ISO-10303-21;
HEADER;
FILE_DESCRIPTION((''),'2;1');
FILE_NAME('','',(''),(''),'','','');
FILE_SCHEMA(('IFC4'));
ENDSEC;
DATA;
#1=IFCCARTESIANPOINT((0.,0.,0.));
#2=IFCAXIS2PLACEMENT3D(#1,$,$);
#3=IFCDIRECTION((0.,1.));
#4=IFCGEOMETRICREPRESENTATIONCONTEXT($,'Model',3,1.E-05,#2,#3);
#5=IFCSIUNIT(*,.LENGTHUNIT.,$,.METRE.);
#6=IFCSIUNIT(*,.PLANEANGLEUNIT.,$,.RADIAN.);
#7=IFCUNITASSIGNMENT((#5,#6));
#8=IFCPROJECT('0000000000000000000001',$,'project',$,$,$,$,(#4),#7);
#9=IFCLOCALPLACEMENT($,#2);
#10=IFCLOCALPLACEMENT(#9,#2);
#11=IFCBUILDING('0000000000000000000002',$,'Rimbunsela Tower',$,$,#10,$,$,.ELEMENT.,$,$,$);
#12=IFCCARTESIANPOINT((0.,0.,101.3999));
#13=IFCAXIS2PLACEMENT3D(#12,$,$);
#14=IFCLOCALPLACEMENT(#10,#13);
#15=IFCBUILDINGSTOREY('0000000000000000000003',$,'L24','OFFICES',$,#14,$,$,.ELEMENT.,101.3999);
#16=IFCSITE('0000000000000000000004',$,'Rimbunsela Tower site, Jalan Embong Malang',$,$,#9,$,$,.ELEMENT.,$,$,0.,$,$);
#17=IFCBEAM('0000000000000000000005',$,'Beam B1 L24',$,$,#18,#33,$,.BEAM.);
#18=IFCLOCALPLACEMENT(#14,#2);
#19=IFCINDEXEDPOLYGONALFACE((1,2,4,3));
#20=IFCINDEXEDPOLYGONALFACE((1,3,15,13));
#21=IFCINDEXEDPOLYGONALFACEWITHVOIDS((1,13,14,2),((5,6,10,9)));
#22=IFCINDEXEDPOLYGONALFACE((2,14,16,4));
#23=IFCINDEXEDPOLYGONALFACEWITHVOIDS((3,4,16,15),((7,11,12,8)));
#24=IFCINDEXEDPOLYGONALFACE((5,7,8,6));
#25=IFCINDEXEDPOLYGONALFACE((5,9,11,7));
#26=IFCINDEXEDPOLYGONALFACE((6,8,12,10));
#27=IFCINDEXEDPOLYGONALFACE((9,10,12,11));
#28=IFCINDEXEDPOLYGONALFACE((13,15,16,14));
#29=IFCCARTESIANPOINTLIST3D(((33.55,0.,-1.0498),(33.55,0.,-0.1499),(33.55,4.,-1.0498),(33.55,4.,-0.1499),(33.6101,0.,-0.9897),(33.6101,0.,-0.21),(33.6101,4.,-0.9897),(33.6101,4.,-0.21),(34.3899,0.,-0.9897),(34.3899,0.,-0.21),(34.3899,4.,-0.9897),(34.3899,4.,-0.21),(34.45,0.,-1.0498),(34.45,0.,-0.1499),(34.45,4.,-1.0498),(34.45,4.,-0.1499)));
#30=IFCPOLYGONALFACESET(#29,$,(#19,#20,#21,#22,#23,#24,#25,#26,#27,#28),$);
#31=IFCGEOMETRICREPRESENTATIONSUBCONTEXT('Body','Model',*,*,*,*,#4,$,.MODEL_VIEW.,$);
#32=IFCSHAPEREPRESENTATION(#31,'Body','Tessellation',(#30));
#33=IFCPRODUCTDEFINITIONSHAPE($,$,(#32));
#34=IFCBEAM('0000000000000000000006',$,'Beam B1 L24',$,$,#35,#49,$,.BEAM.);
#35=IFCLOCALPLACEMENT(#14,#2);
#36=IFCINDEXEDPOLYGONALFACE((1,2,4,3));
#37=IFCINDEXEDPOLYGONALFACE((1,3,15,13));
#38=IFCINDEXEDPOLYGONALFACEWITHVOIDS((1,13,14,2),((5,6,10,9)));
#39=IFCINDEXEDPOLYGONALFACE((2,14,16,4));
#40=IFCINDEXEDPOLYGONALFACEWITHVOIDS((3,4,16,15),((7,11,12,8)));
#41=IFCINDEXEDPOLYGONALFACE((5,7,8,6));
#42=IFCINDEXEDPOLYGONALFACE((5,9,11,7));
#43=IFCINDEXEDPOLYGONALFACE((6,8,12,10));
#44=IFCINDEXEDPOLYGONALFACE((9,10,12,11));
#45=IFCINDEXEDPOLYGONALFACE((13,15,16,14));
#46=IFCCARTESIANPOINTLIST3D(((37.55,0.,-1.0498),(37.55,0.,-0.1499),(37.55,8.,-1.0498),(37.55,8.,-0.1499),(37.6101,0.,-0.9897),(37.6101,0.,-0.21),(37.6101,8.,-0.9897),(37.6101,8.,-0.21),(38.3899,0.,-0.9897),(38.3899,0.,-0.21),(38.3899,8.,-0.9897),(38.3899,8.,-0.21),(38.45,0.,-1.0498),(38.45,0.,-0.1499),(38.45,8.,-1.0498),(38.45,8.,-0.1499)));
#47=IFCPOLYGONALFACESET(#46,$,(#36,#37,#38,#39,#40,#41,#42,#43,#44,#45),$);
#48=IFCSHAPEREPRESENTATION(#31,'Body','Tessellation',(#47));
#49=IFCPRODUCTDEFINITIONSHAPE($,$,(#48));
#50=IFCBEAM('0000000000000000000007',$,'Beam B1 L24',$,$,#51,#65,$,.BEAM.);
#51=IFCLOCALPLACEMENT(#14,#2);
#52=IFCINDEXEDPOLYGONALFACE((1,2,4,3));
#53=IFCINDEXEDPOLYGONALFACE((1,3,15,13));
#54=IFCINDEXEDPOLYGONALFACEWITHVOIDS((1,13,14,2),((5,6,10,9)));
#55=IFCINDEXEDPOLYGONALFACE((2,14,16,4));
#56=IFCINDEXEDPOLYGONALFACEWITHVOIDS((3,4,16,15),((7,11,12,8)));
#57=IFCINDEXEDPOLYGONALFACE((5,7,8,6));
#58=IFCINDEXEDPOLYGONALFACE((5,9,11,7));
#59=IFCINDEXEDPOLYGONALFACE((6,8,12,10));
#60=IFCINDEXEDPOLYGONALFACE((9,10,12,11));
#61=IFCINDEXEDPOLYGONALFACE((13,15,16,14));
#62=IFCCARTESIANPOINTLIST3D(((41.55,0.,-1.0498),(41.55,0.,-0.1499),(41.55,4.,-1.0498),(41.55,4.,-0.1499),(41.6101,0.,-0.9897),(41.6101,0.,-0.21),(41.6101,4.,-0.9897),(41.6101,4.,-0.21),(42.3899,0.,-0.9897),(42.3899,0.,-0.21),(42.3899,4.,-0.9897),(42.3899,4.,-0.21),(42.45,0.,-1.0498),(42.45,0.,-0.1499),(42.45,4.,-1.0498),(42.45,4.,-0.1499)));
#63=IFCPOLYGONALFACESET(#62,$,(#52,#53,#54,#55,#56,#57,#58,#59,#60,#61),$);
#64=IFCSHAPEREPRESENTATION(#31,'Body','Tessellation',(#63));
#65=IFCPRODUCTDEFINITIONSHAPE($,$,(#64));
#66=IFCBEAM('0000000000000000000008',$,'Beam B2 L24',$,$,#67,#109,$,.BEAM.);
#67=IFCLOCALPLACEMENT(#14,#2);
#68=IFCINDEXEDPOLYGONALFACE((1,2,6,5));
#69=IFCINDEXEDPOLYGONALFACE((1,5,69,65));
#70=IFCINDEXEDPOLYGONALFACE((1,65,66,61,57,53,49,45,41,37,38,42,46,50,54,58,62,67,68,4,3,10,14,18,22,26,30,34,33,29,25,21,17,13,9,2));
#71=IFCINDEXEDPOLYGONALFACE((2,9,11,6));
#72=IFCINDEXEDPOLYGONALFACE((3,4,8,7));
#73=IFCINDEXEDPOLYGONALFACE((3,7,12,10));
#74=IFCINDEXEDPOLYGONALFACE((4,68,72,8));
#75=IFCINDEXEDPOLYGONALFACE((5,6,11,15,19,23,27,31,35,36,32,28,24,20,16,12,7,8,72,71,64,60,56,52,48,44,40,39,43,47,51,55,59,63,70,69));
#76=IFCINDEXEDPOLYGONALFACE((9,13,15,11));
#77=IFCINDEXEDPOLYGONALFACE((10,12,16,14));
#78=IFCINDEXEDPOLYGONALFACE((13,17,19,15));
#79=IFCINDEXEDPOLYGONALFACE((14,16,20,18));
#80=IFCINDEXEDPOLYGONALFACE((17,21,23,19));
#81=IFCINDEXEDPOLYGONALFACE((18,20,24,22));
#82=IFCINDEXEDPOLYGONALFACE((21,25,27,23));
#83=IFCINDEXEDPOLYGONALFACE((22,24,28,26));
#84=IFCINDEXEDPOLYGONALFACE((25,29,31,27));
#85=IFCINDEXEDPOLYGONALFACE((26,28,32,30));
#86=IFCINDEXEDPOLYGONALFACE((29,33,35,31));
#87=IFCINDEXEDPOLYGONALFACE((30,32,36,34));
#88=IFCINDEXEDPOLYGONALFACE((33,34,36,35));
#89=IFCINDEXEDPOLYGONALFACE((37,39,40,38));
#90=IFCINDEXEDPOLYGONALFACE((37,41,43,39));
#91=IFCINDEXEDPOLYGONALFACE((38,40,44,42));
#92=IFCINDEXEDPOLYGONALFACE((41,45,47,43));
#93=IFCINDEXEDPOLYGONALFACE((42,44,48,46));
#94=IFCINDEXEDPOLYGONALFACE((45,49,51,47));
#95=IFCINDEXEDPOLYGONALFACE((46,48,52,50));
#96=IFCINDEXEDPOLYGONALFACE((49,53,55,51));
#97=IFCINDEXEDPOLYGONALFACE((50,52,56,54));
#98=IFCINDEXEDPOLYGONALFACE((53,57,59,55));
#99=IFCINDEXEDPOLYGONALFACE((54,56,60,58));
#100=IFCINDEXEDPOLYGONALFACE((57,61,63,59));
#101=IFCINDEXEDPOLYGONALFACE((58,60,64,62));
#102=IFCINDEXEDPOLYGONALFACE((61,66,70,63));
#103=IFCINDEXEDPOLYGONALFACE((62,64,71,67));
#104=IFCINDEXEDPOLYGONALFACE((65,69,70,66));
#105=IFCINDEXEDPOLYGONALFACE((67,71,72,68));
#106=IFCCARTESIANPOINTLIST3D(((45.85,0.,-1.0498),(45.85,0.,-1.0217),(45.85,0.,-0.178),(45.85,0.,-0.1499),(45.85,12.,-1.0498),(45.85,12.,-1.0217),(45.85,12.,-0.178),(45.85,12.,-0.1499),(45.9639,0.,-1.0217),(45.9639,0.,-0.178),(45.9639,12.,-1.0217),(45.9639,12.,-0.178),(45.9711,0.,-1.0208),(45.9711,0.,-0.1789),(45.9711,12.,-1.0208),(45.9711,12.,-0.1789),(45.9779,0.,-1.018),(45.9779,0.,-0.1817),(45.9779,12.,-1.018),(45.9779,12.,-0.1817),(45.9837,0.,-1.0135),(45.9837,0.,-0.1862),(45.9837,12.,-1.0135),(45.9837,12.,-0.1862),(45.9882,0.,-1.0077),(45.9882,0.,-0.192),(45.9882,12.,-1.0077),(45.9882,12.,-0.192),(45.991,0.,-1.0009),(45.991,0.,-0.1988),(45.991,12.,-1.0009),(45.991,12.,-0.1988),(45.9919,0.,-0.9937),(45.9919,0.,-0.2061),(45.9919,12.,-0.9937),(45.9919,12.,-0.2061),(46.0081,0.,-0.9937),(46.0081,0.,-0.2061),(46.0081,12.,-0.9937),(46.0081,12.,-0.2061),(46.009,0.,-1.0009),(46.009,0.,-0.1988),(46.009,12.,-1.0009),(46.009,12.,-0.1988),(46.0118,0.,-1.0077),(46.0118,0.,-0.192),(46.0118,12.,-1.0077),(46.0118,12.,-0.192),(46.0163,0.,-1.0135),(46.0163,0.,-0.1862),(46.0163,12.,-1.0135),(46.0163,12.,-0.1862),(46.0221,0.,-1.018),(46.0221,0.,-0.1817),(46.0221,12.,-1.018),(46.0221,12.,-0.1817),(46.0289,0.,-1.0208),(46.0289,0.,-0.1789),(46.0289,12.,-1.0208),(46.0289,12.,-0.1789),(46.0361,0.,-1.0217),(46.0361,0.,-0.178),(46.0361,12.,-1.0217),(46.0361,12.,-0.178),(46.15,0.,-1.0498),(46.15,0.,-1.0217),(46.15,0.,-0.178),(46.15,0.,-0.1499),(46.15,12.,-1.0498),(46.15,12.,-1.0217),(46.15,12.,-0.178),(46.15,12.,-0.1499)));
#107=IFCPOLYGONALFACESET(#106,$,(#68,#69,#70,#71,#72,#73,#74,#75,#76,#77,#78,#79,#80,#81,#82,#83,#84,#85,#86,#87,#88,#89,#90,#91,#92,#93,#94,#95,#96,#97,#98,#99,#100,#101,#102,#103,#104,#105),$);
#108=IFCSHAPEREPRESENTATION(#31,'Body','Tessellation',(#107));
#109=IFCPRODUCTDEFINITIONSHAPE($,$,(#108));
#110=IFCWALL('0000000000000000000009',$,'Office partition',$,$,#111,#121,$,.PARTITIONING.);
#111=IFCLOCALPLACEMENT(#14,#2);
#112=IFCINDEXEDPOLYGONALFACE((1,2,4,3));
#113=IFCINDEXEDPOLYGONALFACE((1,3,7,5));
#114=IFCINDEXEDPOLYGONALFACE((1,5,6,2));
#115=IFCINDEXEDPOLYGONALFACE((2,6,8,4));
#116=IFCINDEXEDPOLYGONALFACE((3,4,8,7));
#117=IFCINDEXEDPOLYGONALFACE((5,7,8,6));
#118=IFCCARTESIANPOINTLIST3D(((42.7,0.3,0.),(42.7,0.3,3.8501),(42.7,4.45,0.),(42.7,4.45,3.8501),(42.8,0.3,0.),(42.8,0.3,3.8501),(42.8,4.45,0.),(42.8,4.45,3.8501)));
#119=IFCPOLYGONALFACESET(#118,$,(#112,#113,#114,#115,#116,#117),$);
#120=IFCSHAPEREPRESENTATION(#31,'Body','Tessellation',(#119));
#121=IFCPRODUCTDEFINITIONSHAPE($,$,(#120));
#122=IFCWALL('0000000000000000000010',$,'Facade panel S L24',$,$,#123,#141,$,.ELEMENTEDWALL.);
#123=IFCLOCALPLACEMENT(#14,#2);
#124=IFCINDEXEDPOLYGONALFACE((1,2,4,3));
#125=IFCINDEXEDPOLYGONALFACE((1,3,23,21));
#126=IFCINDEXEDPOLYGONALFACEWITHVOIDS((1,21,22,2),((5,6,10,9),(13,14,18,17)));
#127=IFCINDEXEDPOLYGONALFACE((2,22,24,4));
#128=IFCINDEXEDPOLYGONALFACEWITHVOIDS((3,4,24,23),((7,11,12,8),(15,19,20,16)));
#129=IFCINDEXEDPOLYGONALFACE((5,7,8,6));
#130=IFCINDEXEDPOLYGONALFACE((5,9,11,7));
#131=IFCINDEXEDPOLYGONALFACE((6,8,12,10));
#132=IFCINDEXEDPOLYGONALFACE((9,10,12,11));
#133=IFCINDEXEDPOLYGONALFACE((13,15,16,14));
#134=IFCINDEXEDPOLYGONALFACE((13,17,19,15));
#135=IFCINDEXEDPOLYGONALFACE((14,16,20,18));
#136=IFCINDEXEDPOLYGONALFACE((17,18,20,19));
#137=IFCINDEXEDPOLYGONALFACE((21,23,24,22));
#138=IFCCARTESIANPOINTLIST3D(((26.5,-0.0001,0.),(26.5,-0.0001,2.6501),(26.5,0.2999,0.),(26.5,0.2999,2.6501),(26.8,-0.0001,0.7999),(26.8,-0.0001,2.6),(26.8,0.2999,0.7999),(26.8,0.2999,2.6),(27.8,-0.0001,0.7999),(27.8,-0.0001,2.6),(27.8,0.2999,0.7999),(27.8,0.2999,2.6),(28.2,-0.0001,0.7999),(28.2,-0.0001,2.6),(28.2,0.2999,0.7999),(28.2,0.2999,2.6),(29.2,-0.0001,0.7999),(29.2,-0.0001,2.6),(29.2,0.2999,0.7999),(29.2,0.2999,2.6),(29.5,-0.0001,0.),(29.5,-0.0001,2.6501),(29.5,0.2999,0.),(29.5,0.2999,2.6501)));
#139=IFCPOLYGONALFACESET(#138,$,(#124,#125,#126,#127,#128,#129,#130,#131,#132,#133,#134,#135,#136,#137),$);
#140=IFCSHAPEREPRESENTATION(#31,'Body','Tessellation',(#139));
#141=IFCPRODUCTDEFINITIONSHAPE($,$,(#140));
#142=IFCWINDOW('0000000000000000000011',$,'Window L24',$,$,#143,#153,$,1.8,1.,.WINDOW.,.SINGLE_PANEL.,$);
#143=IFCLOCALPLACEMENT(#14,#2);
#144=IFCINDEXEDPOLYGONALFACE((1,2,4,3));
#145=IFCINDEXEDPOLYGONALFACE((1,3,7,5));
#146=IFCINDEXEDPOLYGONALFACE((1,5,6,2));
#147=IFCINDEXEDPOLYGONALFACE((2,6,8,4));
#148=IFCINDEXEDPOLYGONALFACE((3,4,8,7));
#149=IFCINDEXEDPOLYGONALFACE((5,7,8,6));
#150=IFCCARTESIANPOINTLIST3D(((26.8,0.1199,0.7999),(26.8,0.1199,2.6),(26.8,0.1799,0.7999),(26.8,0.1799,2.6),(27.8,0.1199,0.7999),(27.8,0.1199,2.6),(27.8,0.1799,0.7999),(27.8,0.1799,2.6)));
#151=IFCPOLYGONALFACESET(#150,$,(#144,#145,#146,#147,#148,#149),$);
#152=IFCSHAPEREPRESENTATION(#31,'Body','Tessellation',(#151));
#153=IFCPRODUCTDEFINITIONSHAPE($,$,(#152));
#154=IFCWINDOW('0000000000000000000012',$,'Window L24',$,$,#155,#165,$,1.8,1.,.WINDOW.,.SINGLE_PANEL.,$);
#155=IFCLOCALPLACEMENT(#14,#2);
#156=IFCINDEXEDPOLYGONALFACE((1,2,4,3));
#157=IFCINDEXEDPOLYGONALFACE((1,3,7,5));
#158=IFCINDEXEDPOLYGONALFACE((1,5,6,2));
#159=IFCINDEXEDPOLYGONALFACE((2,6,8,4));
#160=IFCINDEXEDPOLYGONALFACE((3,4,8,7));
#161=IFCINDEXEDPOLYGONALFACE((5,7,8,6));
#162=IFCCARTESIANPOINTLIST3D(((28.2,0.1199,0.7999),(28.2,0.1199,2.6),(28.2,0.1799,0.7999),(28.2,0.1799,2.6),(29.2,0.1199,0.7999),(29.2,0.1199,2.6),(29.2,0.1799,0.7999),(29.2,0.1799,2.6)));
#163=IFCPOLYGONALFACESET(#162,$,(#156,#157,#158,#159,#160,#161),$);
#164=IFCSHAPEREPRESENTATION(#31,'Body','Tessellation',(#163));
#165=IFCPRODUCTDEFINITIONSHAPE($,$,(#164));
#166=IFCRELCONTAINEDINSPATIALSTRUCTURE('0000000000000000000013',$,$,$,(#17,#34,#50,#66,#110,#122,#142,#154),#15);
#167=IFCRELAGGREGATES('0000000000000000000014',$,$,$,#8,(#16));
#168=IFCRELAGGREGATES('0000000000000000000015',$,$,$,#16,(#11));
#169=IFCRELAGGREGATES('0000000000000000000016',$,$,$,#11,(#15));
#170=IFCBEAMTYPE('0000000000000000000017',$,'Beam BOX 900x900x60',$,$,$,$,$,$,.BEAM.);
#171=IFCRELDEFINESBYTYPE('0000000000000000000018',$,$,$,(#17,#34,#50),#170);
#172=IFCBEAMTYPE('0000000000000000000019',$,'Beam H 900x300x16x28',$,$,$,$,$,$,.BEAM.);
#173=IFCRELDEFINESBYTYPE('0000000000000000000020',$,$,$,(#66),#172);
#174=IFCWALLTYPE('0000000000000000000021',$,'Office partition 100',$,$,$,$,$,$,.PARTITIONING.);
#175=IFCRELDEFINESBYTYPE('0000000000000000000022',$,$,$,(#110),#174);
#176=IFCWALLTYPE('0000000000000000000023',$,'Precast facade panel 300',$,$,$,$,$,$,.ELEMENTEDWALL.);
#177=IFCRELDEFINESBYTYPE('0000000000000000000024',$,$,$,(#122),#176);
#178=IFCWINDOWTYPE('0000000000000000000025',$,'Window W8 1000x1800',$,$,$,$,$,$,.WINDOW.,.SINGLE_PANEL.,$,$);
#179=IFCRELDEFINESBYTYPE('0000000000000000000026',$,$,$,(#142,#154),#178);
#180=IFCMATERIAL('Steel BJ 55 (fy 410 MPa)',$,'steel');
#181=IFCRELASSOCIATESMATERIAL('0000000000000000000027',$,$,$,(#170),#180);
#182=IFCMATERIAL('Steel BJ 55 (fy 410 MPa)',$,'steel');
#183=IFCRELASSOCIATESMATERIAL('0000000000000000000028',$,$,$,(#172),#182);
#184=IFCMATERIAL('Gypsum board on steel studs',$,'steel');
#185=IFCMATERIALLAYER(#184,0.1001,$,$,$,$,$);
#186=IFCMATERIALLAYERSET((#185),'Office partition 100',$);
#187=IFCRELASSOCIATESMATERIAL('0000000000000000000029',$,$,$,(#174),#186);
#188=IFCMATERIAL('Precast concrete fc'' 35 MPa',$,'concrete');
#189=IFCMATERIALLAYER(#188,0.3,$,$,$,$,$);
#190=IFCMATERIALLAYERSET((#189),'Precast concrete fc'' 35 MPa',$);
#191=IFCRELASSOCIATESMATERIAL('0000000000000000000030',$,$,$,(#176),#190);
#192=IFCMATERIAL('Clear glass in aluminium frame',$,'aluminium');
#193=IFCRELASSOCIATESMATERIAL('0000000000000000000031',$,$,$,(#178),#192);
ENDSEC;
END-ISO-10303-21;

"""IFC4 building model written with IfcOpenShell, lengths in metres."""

from ifc_helpers import new_model, si_unit, direction, frame, frame_2d, origin, origin_2d, place, context, subcontext, project, spatial, rectangle, hollow_rectangle, i_section, extrude, material, layer, layer_set, material_profile, profile_set, type_object, element, fill, save


model = new_model("IFC4")

# Units and contexts
model_context = context("Model", 3, precision=1e-05, world=origin(), true_north=direction((0.0, 1.0)))
body_context = subcontext(model_context, "Body", "Model", "MODEL_VIEW")
ifc_project = project(units=[si_unit("LENGTHUNIT", "METRE"), si_unit("PLANEANGLEUNIT", "RADIAN")], contexts=[model_context])

# Site, building, storey
site_placement = place(None, origin())
site = spatial("IfcSite", under=ifc_project, at=site_placement, Name="Rimbunsela Tower site, Jalan Embong Malang", CompositionType="ELEMENT", RefElevation=0.0)
building_placement = place(site_placement, origin())
building = spatial("IfcBuilding", under=site, at=building_placement, Name="Rimbunsela Tower", CompositionType="ELEMENT")
storey_placement = place(building_placement, frame((0.0, 0.0, 101.3999)))
storey = spatial("IfcBuildingStorey", under=building, at=storey_placement, Name="L24", Description="OFFICES", CompositionType="ELEMENT", Elevation=101.3999)

# Beams
ifc_material_1 = material(Name="Steel BJ 55 (fy 410 MPa)", Category="steel")
ifc_material_profile_1 = material_profile(ifc_material_1, hollow_rectangle(XDim=0.8999, YDim=0.8999, WallThickness=0.0601, at=origin_2d()), Name="BOX 900x900x60")
ifc_profile_set_1 = profile_set([ifc_material_profile_1], Name="Steel BJ 55 (fy 410 MPa)")
beam_type_1 = type_object("IfcBeamType", Name="Beam BOX 900x900x60", PredefinedType="BEAM", material=ifc_profile_set_1)
beam_1_placement = place(storey_placement, frame((34.0, 0.0, -0.5999), z_axis=(0.0, 1.0, 0.0), x_axis=(-1.0, 0.0, 0.0)))
element("IfcBeam", 1, at=beam_1_placement, inside=storey, type_object=beam_type_1, Name="Beam B1 L24", PredefinedType="BEAM", context=body_context, shape_type="SweptSolid", body=[
    extrude(hollow_rectangle(XDim=0.8999, YDim=0.8999, WallThickness=0.0601, at=origin_2d()), origin(), (0.0, 0.0, 1.0), 4.0),
])
beam_2_placement = place(storey_placement, frame((38.0, 0.0, -0.5999), z_axis=(0.0, 1.0, 0.0), x_axis=(-1.0, 0.0, 0.0)))
element("IfcBeam", 2, at=beam_2_placement, inside=storey, type_object=beam_type_1, Name="Beam B1 L24", PredefinedType="BEAM", context=body_context, shape_type="SweptSolid", body=[
    extrude(hollow_rectangle(XDim=0.8999, YDim=0.8999, WallThickness=0.0601, at=origin_2d()), origin(), (0.0, 0.0, 1.0), 8.0),
])
beam_3_placement = place(storey_placement, frame((42.0, 0.0, -0.5999), z_axis=(0.0, 1.0, 0.0), x_axis=(-1.0, 0.0, 0.0)))
element("IfcBeam", 3, at=beam_3_placement, inside=storey, type_object=beam_type_1, Name="Beam B1 L24", PredefinedType="BEAM", context=body_context, shape_type="SweptSolid", body=[
    extrude(hollow_rectangle(XDim=0.8999, YDim=0.8999, WallThickness=0.0601, at=origin_2d()), origin(), (0.0, 0.0, 1.0), 4.0),
])
ifc_material_2 = material(Name="Steel BJ 55 (fy 410 MPa)", Category="steel")
ifc_material_profile_2 = material_profile(ifc_material_2, i_section(OverallWidth=0.3, OverallDepth=0.8999, WebThickness=0.0161, FlangeThickness=0.0281, FilletRadius=0.0281, at=origin_2d()), Name="H 900x300x16x28")
ifc_profile_set_2 = profile_set([ifc_material_profile_2], Name="Steel BJ 55 (fy 410 MPa)")
beam_type_2 = type_object("IfcBeamType", Name="Beam H 900x300x16x28", PredefinedType="BEAM", material=ifc_profile_set_2)
beam_4_placement = place(storey_placement, frame((46.0, 0.0, -0.5999), z_axis=(0.0, 1.0, 0.0), x_axis=(-1.0, 0.0, 0.0)))
element("IfcBeam", 4, at=beam_4_placement, inside=storey, type_object=beam_type_2, Name="Beam B2 L24", PredefinedType="BEAM", context=body_context, shape_type="SweptSolid", body=[
    extrude(i_section(OverallWidth=0.3, OverallDepth=0.8999, WebThickness=0.0161, FlangeThickness=0.0281, FilletRadius=0.0281, at=origin_2d()), origin(), (0.0, 0.0, 1.0), 12.0),
])

# Wall
ifc_material_3 = material(Name="Gypsum board on steel studs", Category="steel")
ifc_layer_1 = layer(ifc_material_3, 0.1001)
ifc_layer_set_1 = layer_set([ifc_layer_1], Name="Office partition 100")
wall_type_1 = type_object("IfcWallType", Name="Office partition 100", PredefinedType="PARTITIONING", material=ifc_layer_set_1)
wall_1_placement = place(storey_placement, frame((42.75, 0.3, 0.0), z_axis=(0.0, 0.0, 1.0), x_axis=(0.0, 1.0, 0.0)))
element("IfcWall", 5, at=wall_1_placement, inside=storey, type_object=wall_type_1, Name="Office partition", PredefinedType="PARTITIONING", context=body_context, shape_type="SweptSolid", body=[
    extrude(rectangle(XDim=4.1499, YDim=0.1001, at=frame_2d((2.075, 0.0))), origin(), (0.0, 0.0, 1.0), 3.8501),
])

# Wall, openings, windows
ifc_material_4 = material(Name="Precast concrete fc' 35 MPa", Category="concrete")
ifc_layer_2 = layer(ifc_material_4, 0.3)
ifc_layer_set_2 = layer_set([ifc_layer_2], Name="Precast concrete fc' 35 MPa")
wall_type_2 = type_object("IfcWallType", Name="Precast facade panel 300", PredefinedType="ELEMENTEDWALL", material=ifc_layer_set_2)
wall_2_placement = place(storey_placement, frame((26.5, 0.1499, 0.0), z_axis=(0.0, 0.0, 1.0), x_axis=(1.0, 0.0, 0.0)))
wall_2 = element("IfcWall", 6, at=wall_2_placement, inside=storey, type_object=wall_type_2, Name="Facade panel S L24", PredefinedType="ELEMENTEDWALL", context=body_context, shape_type="SweptSolid", body=[
    extrude(rectangle(XDim=3.0, YDim=0.3, at=frame_2d((1.5, 0.0))), origin(), (0.0, 0.0, 1.0), 2.6501),
])
opening_1_placement = place(wall_2_placement, frame((0.3, 0.0, 0.8)))
opening_1 = element("IfcOpeningElement", 7, at=opening_1_placement, cuts=wall_2, PredefinedType="OPENING", context=body_context, shape_type="SweptSolid", body=[
    extrude(rectangle(XDim=1.0, YDim=1.8, at=frame_2d((0.5, 0.8999))), frame((0.0, 0.1599, 0.0), z_axis=(0.0, -1.0, 0.0), x_axis=(1.0, 0.0, 0.0)), (0.0, 0.0, 1.0), 0.3201),
])
opening_2_placement = place(wall_2_placement, frame((1.7, 0.0, 0.8)))
opening_2 = element("IfcOpeningElement", 8, at=opening_2_placement, cuts=wall_2, PredefinedType="OPENING", context=body_context, shape_type="SweptSolid", body=[
    extrude(rectangle(XDim=1.0, YDim=1.8, at=frame_2d((0.5, 0.8999))), frame((0.0, 0.1599, 0.0), z_axis=(0.0, -1.0, 0.0), x_axis=(1.0, 0.0, 0.0)), (0.0, 0.0, 1.0), 0.3201),
])
ifc_material_5 = material(Name="Clear glass in aluminium frame", Category="aluminium")
window_type_1 = type_object("IfcWindowType", Name="Window W8 1000x1800", PartitioningType="SINGLE_PANEL", PredefinedType="WINDOW", material=ifc_material_5)
window_1_placement = place(opening_1_placement, origin())
window_1 = element("IfcWindow", 9, at=window_1_placement, inside=storey, type_object=window_type_1, Name="Window L24", OverallHeight=1.8, OverallWidth=1.0, PartitioningType="SINGLE_PANEL", PredefinedType="WINDOW", context=body_context, shape_type="SweptSolid", body=[
    extrude(rectangle(XDim=1.0, YDim=1.8, at=frame_2d((0.5, 0.8999))), frame((0.0, 0.03, 0.0), z_axis=(0.0, -1.0, 0.0), x_axis=(1.0, 0.0, 0.0)), (0.0, 0.0, 1.0), 0.0601),
])
fill(opening_1, window_1)
window_2_placement = place(opening_2_placement, origin())
window_2 = element("IfcWindow", 10, at=window_2_placement, inside=storey, type_object=window_type_1, Name="Window L24", OverallHeight=1.8, OverallWidth=1.0, PartitioningType="SINGLE_PANEL", PredefinedType="WINDOW", context=body_context, shape_type="SweptSolid", body=[
    extrude(rectangle(XDim=1.0, YDim=1.8, at=frame_2d((0.5, 0.8999))), frame((0.0, 0.03, 0.0), z_axis=(0.0, -1.0, 0.0), x_axis=(1.0, 0.0, 0.0)), (0.0, 0.0, 1.0), 0.0601),
])
fill(opening_2, window_2)

save(model, "model.ifc")
